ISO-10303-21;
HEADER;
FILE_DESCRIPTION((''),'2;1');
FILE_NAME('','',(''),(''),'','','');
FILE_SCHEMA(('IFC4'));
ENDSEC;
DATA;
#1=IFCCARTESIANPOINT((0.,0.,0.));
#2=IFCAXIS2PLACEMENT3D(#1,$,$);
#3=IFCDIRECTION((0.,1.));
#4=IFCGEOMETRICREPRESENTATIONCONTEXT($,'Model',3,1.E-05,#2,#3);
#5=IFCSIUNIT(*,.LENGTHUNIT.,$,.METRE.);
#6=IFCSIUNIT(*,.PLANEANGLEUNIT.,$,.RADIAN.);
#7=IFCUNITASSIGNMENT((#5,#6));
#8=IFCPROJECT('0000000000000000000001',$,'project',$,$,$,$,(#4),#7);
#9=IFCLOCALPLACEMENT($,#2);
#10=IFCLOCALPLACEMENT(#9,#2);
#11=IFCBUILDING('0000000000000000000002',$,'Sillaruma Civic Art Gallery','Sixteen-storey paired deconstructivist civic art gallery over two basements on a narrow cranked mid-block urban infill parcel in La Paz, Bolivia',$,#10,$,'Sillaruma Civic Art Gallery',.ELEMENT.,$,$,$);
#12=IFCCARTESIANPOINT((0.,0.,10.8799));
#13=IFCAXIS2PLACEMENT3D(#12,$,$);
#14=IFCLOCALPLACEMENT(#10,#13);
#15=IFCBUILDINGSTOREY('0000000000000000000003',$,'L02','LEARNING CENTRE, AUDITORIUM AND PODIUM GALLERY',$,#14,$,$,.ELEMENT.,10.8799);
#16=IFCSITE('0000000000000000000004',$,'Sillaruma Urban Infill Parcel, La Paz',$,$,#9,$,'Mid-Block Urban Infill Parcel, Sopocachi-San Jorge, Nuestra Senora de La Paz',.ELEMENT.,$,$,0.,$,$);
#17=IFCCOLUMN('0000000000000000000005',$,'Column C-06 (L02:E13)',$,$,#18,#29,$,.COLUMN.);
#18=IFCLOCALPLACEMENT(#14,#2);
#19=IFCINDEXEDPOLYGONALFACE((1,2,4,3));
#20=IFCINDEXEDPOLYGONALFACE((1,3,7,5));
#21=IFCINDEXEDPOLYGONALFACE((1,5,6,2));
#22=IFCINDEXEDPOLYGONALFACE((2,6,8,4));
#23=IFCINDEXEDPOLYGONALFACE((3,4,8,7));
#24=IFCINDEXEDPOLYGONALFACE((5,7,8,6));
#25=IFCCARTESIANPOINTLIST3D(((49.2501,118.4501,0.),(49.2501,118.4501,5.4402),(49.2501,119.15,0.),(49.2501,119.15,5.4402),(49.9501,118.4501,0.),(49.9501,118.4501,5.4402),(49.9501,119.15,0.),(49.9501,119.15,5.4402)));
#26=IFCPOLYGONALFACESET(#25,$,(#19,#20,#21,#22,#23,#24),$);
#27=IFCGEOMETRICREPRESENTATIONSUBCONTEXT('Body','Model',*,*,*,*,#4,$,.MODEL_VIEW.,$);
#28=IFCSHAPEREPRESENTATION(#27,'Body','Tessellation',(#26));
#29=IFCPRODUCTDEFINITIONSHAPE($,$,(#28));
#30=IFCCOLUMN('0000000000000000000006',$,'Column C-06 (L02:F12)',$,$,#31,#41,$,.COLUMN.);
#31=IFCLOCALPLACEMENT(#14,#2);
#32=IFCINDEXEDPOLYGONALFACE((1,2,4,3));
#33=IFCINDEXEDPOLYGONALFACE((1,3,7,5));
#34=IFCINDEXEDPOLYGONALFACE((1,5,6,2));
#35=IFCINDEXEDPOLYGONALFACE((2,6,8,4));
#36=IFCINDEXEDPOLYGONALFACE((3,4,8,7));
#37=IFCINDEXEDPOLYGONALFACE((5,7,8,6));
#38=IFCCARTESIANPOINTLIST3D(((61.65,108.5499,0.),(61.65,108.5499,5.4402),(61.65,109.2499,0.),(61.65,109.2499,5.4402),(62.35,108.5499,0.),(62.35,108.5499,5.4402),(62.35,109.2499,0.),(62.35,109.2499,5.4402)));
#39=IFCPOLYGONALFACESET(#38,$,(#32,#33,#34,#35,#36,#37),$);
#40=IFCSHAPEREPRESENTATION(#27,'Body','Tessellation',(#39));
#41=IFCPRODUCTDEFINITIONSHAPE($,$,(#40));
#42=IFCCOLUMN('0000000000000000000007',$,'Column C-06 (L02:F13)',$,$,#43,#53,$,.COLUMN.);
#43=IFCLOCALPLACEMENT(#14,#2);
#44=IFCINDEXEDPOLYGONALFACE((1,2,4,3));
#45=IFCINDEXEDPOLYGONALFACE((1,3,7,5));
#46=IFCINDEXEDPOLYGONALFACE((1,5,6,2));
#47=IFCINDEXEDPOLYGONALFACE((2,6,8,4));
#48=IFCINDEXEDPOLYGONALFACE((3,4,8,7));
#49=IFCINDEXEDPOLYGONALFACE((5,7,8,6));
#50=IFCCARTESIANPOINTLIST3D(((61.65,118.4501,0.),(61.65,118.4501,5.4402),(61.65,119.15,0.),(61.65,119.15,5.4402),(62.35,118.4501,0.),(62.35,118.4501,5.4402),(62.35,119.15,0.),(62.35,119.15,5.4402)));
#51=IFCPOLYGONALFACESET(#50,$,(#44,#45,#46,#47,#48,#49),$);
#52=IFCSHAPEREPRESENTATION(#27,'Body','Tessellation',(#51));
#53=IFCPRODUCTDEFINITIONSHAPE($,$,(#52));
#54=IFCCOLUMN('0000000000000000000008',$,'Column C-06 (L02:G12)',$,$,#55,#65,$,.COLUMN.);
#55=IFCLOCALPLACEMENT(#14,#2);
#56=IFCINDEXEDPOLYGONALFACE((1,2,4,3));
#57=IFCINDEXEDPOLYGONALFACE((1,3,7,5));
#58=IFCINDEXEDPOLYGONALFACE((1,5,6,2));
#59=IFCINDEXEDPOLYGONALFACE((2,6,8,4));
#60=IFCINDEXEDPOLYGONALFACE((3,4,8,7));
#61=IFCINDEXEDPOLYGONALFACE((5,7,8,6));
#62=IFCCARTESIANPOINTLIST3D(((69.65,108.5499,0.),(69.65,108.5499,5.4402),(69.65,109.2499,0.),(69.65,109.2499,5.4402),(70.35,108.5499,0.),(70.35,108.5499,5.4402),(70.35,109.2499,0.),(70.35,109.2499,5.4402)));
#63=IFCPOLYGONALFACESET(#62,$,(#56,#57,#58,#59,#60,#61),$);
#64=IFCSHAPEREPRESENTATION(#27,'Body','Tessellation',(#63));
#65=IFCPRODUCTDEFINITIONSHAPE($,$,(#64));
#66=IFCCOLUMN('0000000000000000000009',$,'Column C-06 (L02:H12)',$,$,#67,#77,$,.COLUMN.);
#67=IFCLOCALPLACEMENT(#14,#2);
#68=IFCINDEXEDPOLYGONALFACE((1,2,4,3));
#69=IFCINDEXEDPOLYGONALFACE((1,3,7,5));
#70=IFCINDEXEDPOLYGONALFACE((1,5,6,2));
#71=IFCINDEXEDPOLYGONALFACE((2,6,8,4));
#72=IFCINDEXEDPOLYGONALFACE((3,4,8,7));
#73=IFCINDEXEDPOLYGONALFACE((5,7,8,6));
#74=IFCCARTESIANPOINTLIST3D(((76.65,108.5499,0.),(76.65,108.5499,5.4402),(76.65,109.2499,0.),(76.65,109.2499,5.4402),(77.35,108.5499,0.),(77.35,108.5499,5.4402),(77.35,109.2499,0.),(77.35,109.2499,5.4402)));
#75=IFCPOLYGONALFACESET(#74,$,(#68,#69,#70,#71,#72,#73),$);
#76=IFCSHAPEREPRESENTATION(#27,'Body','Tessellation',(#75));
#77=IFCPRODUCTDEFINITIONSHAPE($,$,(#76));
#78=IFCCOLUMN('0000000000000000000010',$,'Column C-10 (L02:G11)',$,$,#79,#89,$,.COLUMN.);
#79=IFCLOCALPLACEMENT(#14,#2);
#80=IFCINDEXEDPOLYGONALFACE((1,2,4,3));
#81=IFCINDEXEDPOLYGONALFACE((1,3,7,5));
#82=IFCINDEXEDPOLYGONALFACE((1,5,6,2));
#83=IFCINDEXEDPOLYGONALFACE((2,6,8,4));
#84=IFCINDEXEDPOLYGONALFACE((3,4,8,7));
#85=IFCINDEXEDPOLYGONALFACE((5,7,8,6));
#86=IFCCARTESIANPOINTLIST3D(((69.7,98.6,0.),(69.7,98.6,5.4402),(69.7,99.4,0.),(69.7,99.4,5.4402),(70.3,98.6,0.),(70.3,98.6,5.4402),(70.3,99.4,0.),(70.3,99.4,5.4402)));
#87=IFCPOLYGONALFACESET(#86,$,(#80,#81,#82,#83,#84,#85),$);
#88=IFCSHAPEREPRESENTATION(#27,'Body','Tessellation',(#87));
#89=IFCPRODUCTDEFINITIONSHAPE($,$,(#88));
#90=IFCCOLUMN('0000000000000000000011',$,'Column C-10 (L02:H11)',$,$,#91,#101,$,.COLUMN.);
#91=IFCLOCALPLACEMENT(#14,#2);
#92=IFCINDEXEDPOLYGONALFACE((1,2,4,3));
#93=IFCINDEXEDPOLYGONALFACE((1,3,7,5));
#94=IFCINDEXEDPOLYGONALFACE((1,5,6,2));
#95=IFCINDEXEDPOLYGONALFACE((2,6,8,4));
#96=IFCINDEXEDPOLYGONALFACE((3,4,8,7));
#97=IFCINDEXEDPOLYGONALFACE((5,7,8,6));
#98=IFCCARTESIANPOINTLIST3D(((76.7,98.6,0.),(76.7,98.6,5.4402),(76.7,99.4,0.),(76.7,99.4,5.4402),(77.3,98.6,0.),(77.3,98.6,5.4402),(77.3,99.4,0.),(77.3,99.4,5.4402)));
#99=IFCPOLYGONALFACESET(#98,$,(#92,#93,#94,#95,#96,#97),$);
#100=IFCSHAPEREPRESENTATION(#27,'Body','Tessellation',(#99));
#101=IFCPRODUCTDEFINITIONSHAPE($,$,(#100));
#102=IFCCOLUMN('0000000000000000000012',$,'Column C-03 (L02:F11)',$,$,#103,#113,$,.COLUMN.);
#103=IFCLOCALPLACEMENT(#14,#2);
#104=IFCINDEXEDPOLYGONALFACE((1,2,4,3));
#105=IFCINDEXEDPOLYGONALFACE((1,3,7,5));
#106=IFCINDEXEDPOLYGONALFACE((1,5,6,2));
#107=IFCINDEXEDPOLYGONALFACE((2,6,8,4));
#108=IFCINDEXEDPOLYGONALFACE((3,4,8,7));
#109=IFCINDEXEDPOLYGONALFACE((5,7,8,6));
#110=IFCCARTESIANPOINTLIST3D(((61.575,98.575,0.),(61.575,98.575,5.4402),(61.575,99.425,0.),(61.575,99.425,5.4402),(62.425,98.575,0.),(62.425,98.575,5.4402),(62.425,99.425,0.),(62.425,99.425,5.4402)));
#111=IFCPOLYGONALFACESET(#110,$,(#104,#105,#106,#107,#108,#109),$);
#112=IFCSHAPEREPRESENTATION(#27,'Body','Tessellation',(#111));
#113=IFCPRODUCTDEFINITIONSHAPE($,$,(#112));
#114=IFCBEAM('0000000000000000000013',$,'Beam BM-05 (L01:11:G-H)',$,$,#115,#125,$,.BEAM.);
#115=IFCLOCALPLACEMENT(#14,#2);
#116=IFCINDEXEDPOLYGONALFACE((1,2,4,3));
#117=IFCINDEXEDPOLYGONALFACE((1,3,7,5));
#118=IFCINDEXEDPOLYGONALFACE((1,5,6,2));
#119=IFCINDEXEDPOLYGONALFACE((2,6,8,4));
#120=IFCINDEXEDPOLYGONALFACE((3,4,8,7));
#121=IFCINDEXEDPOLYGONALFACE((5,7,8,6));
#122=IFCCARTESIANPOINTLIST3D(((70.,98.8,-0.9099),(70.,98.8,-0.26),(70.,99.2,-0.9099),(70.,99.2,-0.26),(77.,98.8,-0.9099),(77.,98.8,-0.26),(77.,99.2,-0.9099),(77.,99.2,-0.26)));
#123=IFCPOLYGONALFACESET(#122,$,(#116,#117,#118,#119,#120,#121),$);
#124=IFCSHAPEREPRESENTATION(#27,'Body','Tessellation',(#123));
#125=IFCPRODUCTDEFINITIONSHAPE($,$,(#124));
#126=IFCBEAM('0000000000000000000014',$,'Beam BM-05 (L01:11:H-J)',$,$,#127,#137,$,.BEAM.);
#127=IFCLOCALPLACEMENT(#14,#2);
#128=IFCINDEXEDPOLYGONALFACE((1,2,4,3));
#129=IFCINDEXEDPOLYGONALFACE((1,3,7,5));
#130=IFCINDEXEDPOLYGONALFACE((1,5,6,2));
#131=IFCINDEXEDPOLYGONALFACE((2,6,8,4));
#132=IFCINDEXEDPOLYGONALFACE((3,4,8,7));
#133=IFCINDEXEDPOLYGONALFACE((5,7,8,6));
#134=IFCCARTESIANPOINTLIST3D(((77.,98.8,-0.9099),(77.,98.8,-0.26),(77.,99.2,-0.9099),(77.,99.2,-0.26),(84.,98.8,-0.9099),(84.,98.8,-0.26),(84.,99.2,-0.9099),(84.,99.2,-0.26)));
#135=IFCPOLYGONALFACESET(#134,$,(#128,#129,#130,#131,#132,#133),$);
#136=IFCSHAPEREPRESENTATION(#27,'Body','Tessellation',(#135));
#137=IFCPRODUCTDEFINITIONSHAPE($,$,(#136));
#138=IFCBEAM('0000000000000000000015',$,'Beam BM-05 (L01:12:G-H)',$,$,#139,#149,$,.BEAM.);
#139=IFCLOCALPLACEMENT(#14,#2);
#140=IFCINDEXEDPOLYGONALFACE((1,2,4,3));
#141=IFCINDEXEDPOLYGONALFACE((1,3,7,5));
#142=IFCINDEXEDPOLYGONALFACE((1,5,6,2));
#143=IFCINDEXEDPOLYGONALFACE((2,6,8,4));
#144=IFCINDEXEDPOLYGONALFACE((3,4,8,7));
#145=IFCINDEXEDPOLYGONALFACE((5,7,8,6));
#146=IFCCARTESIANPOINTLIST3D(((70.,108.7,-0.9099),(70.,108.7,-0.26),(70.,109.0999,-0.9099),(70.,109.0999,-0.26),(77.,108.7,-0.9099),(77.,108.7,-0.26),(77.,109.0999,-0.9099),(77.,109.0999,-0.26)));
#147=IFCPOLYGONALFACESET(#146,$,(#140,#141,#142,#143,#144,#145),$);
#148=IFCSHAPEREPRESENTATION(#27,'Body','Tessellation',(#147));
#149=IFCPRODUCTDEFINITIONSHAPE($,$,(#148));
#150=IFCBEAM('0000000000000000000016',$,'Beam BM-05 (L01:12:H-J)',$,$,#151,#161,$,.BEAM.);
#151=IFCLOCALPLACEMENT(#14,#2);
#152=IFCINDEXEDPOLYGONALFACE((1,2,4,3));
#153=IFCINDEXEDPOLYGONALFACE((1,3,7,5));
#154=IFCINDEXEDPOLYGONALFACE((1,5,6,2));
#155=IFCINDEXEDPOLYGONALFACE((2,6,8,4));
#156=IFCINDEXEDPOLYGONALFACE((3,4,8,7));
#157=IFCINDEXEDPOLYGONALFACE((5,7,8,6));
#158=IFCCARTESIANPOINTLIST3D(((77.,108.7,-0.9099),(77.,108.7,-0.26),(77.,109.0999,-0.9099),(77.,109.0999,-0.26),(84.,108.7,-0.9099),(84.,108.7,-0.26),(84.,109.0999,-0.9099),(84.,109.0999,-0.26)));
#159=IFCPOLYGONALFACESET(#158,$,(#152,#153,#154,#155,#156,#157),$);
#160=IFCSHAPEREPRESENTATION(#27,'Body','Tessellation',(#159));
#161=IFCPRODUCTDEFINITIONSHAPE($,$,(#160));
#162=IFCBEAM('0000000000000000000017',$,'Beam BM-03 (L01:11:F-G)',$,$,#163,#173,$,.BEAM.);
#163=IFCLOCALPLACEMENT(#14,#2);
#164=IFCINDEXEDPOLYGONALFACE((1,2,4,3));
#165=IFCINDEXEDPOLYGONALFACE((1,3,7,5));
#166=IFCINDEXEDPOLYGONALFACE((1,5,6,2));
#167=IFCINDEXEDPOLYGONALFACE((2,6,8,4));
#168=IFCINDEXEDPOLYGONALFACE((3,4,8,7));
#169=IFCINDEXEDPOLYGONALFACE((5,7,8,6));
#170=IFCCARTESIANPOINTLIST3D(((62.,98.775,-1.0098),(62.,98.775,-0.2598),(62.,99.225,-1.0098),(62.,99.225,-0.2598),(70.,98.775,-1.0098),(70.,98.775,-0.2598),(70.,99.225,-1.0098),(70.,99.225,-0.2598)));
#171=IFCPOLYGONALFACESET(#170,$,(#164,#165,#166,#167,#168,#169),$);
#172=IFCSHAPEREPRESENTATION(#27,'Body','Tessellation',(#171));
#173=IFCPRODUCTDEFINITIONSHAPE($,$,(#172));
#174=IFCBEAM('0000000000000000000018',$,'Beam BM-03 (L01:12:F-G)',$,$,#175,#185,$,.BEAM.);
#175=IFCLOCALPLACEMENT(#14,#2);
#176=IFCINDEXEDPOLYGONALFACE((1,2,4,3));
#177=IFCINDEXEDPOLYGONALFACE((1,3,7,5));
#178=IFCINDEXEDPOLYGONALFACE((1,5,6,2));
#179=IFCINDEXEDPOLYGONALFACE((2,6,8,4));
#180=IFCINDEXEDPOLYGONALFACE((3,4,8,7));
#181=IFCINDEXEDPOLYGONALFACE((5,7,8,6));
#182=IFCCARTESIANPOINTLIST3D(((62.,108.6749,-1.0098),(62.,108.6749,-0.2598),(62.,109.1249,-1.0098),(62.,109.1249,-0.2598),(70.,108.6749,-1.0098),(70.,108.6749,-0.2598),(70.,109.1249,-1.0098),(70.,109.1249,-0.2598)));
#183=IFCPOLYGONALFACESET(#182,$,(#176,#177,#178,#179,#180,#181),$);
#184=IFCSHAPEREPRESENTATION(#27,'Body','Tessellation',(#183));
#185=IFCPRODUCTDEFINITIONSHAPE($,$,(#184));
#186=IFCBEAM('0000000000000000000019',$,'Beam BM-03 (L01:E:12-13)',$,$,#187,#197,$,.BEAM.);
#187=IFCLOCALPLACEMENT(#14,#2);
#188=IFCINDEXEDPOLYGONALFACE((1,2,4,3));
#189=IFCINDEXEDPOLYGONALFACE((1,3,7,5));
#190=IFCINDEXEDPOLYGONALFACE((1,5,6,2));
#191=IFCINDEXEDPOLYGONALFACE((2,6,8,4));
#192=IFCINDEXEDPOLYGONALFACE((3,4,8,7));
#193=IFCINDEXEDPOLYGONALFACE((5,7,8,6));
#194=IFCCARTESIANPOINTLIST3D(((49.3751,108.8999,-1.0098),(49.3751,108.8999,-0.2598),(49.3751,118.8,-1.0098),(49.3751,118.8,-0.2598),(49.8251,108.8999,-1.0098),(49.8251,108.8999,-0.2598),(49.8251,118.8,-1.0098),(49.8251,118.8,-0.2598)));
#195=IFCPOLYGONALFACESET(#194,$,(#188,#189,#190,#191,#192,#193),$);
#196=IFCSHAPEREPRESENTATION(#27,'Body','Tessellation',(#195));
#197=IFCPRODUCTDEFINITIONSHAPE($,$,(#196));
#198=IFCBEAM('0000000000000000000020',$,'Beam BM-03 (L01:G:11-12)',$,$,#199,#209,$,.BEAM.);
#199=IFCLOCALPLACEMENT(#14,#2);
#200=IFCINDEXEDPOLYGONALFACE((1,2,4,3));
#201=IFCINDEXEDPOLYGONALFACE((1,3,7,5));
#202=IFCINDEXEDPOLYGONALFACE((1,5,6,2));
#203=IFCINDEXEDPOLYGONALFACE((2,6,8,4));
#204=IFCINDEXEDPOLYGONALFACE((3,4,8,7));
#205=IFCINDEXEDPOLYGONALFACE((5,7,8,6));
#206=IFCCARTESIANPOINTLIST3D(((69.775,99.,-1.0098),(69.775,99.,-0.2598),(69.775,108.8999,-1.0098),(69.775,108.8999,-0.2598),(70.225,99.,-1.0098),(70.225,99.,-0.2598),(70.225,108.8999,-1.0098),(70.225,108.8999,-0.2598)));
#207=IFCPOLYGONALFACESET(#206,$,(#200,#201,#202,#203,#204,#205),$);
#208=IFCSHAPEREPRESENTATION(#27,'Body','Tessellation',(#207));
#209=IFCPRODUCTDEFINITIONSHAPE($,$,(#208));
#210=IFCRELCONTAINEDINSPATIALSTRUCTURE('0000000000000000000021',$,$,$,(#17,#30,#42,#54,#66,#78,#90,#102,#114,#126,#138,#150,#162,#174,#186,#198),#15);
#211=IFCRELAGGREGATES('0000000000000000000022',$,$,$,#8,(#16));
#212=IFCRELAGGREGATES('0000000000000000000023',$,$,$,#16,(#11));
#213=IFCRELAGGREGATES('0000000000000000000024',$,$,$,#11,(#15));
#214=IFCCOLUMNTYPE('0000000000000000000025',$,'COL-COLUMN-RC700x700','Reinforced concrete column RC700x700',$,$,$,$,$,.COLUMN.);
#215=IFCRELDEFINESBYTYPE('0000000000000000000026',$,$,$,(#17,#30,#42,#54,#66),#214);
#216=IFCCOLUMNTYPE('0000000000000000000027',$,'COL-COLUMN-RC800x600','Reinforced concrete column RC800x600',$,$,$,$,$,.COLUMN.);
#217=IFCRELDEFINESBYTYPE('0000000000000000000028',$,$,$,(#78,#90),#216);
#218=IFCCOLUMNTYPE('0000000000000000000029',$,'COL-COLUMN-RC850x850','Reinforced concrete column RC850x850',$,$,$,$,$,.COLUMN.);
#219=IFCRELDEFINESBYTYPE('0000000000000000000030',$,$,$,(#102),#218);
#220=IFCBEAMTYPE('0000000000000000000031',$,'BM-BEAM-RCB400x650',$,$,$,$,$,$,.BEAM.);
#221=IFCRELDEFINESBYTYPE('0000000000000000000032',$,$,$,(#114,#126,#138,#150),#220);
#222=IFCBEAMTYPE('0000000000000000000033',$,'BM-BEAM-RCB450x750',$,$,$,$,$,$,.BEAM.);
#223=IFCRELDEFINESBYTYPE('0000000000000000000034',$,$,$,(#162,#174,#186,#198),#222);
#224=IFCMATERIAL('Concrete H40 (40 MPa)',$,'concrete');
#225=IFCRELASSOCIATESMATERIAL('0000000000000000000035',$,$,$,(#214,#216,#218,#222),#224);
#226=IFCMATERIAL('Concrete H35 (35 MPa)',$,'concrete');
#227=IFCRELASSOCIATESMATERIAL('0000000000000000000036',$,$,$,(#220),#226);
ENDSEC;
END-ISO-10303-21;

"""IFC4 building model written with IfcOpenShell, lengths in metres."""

from ifc_helpers import new_model, si_unit, direction, frame, origin, origin_2d, place, context, subcontext, project, spatial, rectangle, extrude, material, material_profile, profile_set, type_object, element, save


model = new_model("IFC4")

# Units and contexts
model_context = context("Model", 3, precision=1e-05, world=origin(), true_north=direction((0.0, 1.0)))
body_context = subcontext(model_context, "Body", "Model", "MODEL_VIEW")
ifc_project = project(units=[si_unit("LENGTHUNIT", "METRE"), si_unit("PLANEANGLEUNIT", "RADIAN")], contexts=[model_context])

# Site, building, storey
site_placement = place(None, origin())
site = spatial("IfcSite", under=ifc_project, at=site_placement, Name="Sillaruma Urban Infill Parcel, La Paz", LongName="Mid-Block Urban Infill Parcel, Sopocachi-San Jorge, Nuestra Senora de La Paz", CompositionType="ELEMENT", RefElevation=0.0)
building_placement = place(site_placement, origin())
building = spatial("IfcBuilding", under=site, at=building_placement, Name="Sillaruma Civic Art Gallery", Description="Sixteen-storey paired deconstructivist civic art gallery over two basements on a narrow cranked mid-block urban infill parcel in La Paz, Bolivia", LongName="Sillaruma Civic Art Gallery", CompositionType="ELEMENT")
storey_placement = place(building_placement, frame((0.0, 0.0, 10.8799)))
storey = spatial("IfcBuildingStorey", under=building, at=storey_placement, Name="L02", Description="LEARNING CENTRE, AUDITORIUM AND PODIUM GALLERY", CompositionType="ELEMENT", Elevation=10.8799)

# Columns
ifc_material_1 = material(Name="Concrete H40 (40 MPa)", Category="concrete")
ifc_material_profile_1 = material_profile(ifc_material_1, rectangle(XDim=0.7, YDim=0.7, at=origin_2d()), Name="RC700x700")
ifc_profile_set_1 = profile_set([ifc_material_profile_1], Name="Concrete H40 (40 MPa)")
column_type_1 = type_object("IfcColumnType", Name="COL-COLUMN-RC700x700", Description="Reinforced concrete column RC700x700", PredefinedType="COLUMN", material=ifc_profile_set_1)
for number, where, z_axis, x_axis, name in (
    (1, (49.6001, 118.8, 0.0), (0.0, 0.0, 1.0), (1.0, 0.0, 0.0), "Column C-06 (L02:E13)"),
    (2, (62.0, 108.8999, 0.0), (0.0, 0.0, 1.0), (1.0, 0.0, 0.0), "Column C-06 (L02:F12)"),
    (3, (62.0, 118.8, 0.0), (0.0, 0.0, 1.0), (1.0, 0.0, 0.0), "Column C-06 (L02:F13)"),
    (4, (70.0, 108.8999, 0.0), (0.0, 0.0, 1.0), (1.0, 0.0, 0.0), "Column C-06 (L02:G12)"),
    (5, (77.0, 108.8999, 0.0), (0.0, 0.0, 1.0), (1.0, 0.0, 0.0), "Column C-06 (L02:H12)"),
):
    element("IfcColumn", number, at=place(storey_placement, frame(where, z_axis=z_axis, x_axis=x_axis)), inside=storey, type_object=column_type_1, Name=name, PredefinedType="COLUMN", context=body_context, shape_type="SweptSolid", body=[
        extrude(rectangle(XDim=0.7, YDim=0.7, at=origin_2d()), origin(), (0.0, 0.0, 1.0), 5.4402),
    ])
ifc_material_profile_2 = material_profile(ifc_material_1, rectangle(XDim=0.6001, YDim=0.8, at=origin_2d()), Name="RC800x600")
ifc_profile_set_2 = profile_set([ifc_material_profile_2], Name="Concrete H40 (40 MPa)")
column_type_2 = type_object("IfcColumnType", Name="COL-COLUMN-RC800x600", Description="Reinforced concrete column RC800x600", PredefinedType="COLUMN", material=ifc_profile_set_2)
for number, where, z_axis, x_axis, name in (
    (6, (70.0, 99.0, 0.0), (0.0, 0.0, 1.0), (1.0, 0.0, 0.0), "Column C-10 (L02:G11)"),
    (7, (77.0, 99.0, 0.0), (0.0, 0.0, 1.0), (1.0, 0.0, 0.0), "Column C-10 (L02:H11)"),
):
    element("IfcColumn", number, at=place(storey_placement, frame(where, z_axis=z_axis, x_axis=x_axis)), inside=storey, type_object=column_type_2, Name=name, PredefinedType="COLUMN", context=body_context, shape_type="SweptSolid", body=[
        extrude(rectangle(XDim=0.6001, YDim=0.8, at=origin_2d()), origin(), (0.0, 0.0, 1.0), 5.4402),
    ])
ifc_material_profile_3 = material_profile(ifc_material_1, rectangle(XDim=0.8501, YDim=0.8501, at=origin_2d()), Name="RC850x850")
ifc_profile_set_3 = profile_set([ifc_material_profile_3], Name="Concrete H40 (40 MPa)")
column_type_3 = type_object("IfcColumnType", Name="COL-COLUMN-RC850x850", Description="Reinforced concrete column RC850x850", PredefinedType="COLUMN", material=ifc_profile_set_3)
column_placement = place(storey_placement, frame((62.0, 99.0, 0.0), z_axis=(0.0, 0.0, 1.0), x_axis=(1.0, 0.0, 0.0)))
element("IfcColumn", 8, at=column_placement, inside=storey, type_object=column_type_3, Name="Column C-03 (L02:F11)", PredefinedType="COLUMN", context=body_context, shape_type="SweptSolid", body=[
    extrude(rectangle(XDim=0.8501, YDim=0.8501, at=origin_2d()), origin(), (0.0, 0.0, 1.0), 5.4402),
])

# Beams
ifc_material_2 = material(Name="Concrete H35 (35 MPa)", Category="concrete")
ifc_material_profile_4 = material_profile(ifc_material_2, rectangle(XDim=0.3999, YDim=0.6499, at=origin_2d()), Name="RCB400x650")
ifc_profile_set_4 = profile_set([ifc_material_profile_4], Name="Concrete H35 (35 MPa)")
beam_type_1 = type_object("IfcBeamType", Name="BM-BEAM-RCB400x650", PredefinedType="BEAM", material=ifc_profile_set_4)
for number, where, z_axis, x_axis, name in (
    (9, (70.0, 99.0, -0.585), (1.0, 0.0, 0.0), (0.0, 1.0, 0.0), "Beam BM-05 (L01:11:G-H)"),
    (10, (77.0, 99.0, -0.585), (1.0, 0.0, 0.0), (0.0, 1.0, 0.0), "Beam BM-05 (L01:11:H-J)"),
    (11, (70.0, 108.8999, -0.585), (1.0, 0.0, 0.0), (0.0, 1.0, 0.0), "Beam BM-05 (L01:12:G-H)"),
    (12, (77.0, 108.8999, -0.585), (1.0, 0.0, 0.0), (0.0, 1.0, 0.0), "Beam BM-05 (L01:12:H-J)"),
):
    element("IfcBeam", number, at=place(storey_placement, frame(where, z_axis=z_axis, x_axis=x_axis)), inside=storey, type_object=beam_type_1, Name=name, PredefinedType="BEAM", context=body_context, shape_type="SweptSolid", body=[
        extrude(rectangle(XDim=0.3999, YDim=0.6499, at=origin_2d()), origin(), (0.0, 0.0, 1.0), 7.0),
    ])
ifc_material_profile_5 = material_profile(ifc_material_1, rectangle(XDim=0.45, YDim=0.75, at=origin_2d()), Name="RCB450x750")
ifc_profile_set_5 = profile_set([ifc_material_profile_5], Name="Concrete H40 (40 MPa)")
beam_type_2 = type_object("IfcBeamType", Name="BM-BEAM-RCB450x750", PredefinedType="BEAM", material=ifc_profile_set_5)
for number, where, z_axis, x_axis, name in (
    (13, (62.0, 99.0, -0.6348), (1.0, 0.0, 0.0), (0.0, 1.0, 0.0), "Beam BM-03 (L01:11:F-G)"),
    (14, (62.0, 108.8999, -0.6348), (1.0, 0.0, 0.0), (0.0, 1.0, 0.0), "Beam BM-03 (L01:12:F-G)"),
):
    element("IfcBeam", number, at=place(storey_placement, frame(where, z_axis=z_axis, x_axis=x_axis)), inside=storey, type_object=beam_type_2, Name=name, PredefinedType="BEAM", context=body_context, shape_type="SweptSolid", body=[
        extrude(rectangle(XDim=0.45, YDim=0.75, at=origin_2d()), origin(), (0.0, 0.0, 1.0), 8.0),
    ])
beam_1_placement = place(storey_placement, frame((49.6001, 108.8999, -0.6348), z_axis=(0.0, 1.0, 0.0), x_axis=(-1.0, 0.0, 0.0)))
element("IfcBeam", 15, at=beam_1_placement, inside=storey, type_object=beam_type_2, Name="Beam BM-03 (L01:E:12-13)", PredefinedType="BEAM", context=body_context, shape_type="SweptSolid", body=[
    extrude(rectangle(XDim=0.45, YDim=0.75, at=origin_2d()), origin(), (0.0, 0.0, 1.0), 9.9001),
])
beam_2_placement = place(storey_placement, frame((70.0, 99.0, -0.6348), z_axis=(0.0, 1.0, 0.0), x_axis=(-1.0, 0.0, 0.0)))
element("IfcBeam", 16, at=beam_2_placement, inside=storey, type_object=beam_type_2, Name="Beam BM-03 (L01:G:11-12)", PredefinedType="BEAM", context=body_context, shape_type="SweptSolid", body=[
    extrude(rectangle(XDim=0.45, YDim=0.75, at=origin_2d()), origin(), (0.0, 0.0, 1.0), 9.8999),
])

save(model, "model.ifc")
